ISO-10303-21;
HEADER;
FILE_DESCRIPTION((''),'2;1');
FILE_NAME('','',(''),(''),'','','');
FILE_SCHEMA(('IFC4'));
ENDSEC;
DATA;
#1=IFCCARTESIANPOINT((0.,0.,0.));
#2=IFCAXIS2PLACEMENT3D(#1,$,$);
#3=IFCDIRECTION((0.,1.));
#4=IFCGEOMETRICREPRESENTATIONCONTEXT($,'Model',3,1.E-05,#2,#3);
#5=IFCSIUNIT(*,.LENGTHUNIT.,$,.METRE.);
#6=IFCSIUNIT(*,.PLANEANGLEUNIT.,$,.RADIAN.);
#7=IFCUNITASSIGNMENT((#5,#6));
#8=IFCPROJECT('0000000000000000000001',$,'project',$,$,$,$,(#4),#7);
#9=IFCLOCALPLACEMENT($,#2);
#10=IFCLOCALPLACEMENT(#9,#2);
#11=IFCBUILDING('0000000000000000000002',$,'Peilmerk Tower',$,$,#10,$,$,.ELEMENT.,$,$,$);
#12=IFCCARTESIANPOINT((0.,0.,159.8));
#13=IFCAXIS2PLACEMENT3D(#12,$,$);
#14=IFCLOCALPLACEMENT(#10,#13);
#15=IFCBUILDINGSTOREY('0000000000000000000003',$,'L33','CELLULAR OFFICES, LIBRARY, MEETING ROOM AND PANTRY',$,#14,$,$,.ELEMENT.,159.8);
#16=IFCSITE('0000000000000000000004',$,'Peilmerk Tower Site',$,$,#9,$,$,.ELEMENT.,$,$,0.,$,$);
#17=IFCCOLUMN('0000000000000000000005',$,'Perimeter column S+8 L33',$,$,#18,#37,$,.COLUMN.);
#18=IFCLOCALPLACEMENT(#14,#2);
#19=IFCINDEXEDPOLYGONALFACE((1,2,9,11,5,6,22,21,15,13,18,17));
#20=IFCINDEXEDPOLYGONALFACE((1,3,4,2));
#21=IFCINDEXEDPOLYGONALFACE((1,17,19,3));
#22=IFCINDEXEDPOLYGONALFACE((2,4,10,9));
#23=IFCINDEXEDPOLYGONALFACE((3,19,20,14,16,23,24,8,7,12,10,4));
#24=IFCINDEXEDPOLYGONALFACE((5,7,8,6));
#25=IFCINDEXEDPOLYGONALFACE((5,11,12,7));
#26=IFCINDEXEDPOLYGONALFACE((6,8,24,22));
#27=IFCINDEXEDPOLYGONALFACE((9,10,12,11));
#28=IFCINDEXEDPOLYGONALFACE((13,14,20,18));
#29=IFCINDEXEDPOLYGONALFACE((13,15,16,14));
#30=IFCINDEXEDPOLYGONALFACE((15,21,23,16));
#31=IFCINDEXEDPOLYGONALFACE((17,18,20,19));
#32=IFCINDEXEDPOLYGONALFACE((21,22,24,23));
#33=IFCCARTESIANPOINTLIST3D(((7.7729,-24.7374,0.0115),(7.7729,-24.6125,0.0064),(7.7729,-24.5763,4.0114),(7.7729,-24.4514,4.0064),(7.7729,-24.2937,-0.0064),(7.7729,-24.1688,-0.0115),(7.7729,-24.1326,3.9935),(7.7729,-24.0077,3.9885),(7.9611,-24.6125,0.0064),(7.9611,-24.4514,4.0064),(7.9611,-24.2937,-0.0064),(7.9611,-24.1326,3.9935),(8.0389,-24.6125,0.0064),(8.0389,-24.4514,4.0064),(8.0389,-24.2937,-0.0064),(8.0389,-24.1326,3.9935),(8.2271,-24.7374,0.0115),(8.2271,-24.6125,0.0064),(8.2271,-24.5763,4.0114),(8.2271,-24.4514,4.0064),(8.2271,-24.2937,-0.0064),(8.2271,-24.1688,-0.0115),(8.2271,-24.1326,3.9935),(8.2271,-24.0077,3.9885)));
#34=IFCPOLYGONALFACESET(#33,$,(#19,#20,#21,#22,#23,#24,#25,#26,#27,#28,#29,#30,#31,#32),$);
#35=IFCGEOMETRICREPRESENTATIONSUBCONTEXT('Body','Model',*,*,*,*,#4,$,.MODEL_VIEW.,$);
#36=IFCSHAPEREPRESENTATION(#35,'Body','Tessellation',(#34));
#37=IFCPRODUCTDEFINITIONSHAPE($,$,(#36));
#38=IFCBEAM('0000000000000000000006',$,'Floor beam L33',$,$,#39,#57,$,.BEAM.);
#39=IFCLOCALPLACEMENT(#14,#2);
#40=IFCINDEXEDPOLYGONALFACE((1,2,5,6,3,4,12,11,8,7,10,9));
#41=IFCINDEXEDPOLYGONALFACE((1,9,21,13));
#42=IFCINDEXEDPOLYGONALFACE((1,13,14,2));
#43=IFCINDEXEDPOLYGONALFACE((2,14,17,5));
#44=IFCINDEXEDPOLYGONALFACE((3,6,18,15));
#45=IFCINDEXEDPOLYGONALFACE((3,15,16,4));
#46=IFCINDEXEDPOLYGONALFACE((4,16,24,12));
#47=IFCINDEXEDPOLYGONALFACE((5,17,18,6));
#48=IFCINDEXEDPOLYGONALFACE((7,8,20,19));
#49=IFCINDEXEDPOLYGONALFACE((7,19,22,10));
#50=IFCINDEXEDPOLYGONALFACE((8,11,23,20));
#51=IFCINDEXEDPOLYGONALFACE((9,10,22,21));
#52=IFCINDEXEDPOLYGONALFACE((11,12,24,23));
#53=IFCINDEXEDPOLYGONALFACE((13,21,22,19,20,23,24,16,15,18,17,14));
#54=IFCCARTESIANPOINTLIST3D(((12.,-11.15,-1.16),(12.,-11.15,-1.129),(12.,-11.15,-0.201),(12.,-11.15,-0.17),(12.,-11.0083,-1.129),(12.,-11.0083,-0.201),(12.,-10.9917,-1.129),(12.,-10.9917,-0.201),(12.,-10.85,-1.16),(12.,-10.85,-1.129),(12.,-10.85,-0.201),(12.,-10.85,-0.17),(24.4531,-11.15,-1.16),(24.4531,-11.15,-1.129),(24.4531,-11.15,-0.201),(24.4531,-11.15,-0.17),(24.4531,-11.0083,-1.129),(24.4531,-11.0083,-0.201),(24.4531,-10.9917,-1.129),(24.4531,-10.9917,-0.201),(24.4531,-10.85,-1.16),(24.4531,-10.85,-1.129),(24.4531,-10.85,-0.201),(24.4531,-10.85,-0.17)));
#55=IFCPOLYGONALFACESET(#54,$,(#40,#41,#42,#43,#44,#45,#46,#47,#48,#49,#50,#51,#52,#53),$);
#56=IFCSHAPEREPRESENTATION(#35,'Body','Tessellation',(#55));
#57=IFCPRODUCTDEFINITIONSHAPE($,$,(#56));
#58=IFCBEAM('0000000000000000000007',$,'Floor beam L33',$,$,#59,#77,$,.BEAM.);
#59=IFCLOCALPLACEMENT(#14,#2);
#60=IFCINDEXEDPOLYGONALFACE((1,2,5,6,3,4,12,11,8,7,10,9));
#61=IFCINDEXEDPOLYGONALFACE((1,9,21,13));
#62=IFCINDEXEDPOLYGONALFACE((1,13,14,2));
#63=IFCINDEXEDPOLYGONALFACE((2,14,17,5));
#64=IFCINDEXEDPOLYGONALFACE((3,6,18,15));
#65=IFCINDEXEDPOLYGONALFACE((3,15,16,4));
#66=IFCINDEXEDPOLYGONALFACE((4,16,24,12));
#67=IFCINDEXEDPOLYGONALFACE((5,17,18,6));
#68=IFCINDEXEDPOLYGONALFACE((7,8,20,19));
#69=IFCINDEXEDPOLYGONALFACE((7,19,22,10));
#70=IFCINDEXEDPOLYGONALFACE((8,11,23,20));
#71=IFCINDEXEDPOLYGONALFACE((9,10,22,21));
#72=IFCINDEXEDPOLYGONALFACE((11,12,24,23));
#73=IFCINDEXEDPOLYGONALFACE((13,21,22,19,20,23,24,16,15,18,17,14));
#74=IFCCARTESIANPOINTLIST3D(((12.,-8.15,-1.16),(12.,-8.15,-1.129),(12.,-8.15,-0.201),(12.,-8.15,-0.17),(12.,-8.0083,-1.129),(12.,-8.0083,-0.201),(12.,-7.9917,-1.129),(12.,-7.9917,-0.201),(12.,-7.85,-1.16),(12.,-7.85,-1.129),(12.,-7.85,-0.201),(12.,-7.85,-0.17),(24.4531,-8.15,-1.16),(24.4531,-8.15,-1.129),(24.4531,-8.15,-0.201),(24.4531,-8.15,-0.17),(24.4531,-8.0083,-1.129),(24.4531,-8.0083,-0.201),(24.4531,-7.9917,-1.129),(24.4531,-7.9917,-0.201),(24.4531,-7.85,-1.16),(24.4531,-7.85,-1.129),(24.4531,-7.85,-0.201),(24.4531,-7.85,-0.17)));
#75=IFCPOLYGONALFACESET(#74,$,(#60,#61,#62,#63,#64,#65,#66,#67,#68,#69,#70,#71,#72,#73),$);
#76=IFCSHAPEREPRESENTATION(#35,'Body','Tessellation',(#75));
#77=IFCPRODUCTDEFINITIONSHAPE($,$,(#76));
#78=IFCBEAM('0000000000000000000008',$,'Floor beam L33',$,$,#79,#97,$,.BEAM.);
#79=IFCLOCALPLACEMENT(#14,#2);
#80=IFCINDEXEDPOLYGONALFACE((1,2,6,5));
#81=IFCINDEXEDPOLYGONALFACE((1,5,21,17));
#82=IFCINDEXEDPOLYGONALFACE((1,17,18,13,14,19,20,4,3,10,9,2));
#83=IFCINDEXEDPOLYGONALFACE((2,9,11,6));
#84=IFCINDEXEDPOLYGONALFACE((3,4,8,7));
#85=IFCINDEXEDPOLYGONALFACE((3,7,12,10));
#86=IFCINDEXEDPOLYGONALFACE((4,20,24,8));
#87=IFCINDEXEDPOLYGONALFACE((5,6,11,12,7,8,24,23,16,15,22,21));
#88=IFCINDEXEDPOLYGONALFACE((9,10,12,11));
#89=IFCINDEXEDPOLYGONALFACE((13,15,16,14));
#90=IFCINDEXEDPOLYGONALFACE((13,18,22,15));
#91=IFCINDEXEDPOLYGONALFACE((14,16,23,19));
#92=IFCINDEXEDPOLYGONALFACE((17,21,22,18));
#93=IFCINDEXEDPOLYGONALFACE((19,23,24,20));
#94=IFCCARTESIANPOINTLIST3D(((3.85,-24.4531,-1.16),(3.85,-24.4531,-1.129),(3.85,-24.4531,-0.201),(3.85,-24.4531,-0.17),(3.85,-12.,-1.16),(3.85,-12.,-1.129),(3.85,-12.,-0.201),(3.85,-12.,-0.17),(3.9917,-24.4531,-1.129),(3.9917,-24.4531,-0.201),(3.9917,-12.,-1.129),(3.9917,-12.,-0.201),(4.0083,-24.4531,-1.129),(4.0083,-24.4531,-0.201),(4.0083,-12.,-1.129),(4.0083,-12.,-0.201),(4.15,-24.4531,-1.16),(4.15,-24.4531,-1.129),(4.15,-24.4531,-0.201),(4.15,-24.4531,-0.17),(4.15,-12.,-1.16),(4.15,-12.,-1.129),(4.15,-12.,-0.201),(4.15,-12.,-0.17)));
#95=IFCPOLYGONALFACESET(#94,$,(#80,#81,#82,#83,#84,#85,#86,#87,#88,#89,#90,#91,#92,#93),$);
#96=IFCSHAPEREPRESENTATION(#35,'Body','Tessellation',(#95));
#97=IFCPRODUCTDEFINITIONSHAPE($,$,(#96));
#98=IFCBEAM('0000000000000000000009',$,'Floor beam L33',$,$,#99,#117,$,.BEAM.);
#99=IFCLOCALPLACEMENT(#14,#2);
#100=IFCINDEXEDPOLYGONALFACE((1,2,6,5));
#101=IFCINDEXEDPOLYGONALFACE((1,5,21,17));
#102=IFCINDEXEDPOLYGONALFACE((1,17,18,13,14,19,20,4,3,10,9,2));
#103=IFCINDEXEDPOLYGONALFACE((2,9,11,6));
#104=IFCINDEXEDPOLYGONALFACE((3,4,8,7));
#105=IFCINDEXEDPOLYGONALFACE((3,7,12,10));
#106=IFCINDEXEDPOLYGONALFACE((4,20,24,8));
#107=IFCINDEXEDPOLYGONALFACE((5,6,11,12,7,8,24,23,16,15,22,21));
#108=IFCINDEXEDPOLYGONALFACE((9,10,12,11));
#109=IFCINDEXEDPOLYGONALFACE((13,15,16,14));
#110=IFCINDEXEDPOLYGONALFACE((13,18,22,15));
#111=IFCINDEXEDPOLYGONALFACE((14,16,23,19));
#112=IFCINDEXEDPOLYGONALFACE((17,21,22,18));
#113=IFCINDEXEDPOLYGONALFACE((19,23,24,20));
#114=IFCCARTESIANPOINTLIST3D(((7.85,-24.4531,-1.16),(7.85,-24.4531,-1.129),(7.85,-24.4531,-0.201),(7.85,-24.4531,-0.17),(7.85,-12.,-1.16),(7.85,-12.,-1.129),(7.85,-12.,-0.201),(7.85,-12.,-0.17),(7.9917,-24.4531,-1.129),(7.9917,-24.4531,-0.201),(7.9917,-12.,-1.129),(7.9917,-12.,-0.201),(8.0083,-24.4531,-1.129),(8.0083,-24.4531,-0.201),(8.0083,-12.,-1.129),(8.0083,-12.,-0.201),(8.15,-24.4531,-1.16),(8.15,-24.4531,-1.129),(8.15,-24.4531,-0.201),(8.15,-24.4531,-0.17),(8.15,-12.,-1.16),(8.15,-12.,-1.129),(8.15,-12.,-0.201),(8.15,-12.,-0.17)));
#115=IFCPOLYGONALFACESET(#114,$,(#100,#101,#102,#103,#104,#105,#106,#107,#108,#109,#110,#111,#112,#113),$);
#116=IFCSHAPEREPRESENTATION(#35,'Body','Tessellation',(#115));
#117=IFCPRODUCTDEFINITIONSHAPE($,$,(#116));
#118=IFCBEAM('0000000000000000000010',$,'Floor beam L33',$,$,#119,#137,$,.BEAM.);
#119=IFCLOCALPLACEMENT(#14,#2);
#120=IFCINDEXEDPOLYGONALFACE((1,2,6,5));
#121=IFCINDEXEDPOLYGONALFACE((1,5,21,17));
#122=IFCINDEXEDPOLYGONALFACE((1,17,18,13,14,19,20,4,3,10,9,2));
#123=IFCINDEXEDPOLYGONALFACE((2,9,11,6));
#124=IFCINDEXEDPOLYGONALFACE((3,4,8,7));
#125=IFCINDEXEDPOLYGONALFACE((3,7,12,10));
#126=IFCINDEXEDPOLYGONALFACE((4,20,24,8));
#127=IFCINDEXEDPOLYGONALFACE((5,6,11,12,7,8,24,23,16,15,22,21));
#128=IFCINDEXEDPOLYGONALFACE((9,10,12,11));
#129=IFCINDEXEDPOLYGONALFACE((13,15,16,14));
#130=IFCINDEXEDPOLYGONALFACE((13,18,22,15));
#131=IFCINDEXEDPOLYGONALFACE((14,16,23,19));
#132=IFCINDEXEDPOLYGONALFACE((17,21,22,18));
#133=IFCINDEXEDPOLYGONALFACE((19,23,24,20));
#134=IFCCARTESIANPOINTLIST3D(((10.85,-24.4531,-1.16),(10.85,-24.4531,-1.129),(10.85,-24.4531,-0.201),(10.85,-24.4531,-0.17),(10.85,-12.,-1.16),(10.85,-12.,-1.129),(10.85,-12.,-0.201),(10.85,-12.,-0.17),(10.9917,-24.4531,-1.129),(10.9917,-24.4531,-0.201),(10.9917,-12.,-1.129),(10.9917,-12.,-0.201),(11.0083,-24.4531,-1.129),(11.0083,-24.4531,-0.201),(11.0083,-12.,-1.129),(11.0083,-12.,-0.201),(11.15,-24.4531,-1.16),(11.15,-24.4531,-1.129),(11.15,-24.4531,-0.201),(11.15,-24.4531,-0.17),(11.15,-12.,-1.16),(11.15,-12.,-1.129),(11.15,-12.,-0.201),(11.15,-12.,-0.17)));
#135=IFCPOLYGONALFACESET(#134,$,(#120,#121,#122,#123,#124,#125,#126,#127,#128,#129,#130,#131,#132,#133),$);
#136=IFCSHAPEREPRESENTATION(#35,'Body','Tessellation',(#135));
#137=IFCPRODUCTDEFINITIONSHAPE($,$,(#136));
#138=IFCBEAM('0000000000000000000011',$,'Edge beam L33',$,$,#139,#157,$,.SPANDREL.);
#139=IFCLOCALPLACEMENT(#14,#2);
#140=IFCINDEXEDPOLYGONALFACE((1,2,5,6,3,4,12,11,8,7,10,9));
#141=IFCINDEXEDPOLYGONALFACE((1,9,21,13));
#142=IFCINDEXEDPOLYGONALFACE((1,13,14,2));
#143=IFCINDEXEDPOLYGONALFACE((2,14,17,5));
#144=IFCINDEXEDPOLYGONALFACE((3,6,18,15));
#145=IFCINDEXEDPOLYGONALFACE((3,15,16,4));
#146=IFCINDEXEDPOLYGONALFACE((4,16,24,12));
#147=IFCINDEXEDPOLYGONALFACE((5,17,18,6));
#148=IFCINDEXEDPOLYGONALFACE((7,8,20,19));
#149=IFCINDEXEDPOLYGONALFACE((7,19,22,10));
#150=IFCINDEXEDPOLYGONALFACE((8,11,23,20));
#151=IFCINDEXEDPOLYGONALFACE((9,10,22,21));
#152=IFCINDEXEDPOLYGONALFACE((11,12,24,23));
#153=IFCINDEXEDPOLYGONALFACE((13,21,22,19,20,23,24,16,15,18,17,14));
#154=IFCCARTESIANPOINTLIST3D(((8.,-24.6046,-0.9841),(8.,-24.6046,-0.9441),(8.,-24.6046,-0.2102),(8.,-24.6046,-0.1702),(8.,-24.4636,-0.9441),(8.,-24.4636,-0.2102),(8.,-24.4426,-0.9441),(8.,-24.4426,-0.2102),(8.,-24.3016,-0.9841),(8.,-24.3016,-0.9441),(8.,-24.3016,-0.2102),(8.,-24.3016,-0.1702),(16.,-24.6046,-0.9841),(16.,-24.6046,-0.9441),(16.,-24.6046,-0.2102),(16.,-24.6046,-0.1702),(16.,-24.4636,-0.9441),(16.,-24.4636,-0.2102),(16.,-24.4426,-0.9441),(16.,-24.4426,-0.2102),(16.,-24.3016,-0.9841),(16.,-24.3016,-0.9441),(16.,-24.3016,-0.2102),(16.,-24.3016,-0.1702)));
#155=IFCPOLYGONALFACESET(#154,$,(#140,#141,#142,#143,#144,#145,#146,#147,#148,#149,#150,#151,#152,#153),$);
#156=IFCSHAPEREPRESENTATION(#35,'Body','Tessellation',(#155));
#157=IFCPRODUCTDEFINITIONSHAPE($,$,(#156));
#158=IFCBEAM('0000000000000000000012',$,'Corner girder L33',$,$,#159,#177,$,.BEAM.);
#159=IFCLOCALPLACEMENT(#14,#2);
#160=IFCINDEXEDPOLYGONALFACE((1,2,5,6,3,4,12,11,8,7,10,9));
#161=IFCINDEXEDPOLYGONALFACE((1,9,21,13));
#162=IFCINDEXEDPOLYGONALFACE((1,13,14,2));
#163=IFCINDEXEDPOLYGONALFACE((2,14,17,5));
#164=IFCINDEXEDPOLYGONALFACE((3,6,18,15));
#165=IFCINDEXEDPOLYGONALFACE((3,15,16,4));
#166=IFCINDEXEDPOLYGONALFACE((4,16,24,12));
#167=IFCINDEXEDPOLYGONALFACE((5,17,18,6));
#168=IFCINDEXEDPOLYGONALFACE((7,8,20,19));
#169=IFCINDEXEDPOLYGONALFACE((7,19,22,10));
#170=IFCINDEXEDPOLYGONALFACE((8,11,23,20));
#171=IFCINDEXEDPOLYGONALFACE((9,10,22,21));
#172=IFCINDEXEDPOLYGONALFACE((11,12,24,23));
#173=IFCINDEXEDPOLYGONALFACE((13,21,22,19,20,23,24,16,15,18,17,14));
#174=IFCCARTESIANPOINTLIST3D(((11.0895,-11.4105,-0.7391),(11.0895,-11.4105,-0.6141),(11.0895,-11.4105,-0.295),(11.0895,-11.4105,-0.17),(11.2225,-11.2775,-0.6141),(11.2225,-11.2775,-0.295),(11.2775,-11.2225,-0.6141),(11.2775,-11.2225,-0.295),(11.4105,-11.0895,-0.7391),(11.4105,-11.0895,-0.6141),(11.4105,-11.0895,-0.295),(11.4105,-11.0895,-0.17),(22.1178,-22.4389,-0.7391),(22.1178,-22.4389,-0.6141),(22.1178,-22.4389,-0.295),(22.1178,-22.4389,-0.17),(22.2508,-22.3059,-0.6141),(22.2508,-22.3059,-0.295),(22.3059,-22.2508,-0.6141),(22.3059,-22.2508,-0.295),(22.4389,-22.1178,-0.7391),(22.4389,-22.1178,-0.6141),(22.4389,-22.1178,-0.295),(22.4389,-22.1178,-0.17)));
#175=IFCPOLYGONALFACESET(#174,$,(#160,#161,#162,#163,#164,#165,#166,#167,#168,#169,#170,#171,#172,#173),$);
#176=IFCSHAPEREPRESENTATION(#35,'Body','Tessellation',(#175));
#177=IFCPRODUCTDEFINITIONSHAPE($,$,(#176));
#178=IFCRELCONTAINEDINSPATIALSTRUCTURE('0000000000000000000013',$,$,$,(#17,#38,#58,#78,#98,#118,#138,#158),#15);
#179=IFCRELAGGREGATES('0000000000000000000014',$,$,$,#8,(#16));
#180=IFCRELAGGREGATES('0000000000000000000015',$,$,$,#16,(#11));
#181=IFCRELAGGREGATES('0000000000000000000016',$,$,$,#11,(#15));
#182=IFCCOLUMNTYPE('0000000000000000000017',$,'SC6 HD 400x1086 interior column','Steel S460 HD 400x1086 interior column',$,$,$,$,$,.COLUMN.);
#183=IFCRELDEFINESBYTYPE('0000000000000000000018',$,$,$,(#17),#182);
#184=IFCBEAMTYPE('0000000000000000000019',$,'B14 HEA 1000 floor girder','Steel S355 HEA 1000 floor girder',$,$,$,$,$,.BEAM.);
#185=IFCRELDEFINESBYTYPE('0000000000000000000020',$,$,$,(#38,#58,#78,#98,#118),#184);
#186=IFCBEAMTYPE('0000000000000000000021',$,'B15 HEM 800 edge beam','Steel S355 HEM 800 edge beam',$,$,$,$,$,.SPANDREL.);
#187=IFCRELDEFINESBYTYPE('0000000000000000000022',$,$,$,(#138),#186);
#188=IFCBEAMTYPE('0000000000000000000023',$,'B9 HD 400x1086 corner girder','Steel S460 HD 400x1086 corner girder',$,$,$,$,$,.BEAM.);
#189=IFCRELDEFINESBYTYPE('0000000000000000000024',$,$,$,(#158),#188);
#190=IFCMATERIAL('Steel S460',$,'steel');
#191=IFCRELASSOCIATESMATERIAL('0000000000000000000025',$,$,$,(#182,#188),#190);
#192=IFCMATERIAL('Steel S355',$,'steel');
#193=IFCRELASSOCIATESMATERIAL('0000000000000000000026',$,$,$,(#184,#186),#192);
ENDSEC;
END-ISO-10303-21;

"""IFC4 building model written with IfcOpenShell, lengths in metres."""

from ifc_helpers import new_model, si_unit, direction, frame, origin, origin_2d, place, context, subcontext, project, spatial, i_section, extrude, material, material_profile, profile_set, type_object, element, save


model = new_model("IFC4")

# Units and contexts
model_context = context("Model", 3, precision=1e-05, world=origin(), true_north=direction((0.0, 1.0)))
body_context = subcontext(model_context, "Body", "Model", "MODEL_VIEW")
ifc_project = project(units=[si_unit("LENGTHUNIT", "METRE"), si_unit("PLANEANGLEUNIT", "RADIAN")], contexts=[model_context])

# Site, building, storey
site_placement = place(None, origin())
site = spatial("IfcSite", under=ifc_project, at=site_placement, Name="Peilmerk Tower Site", CompositionType="ELEMENT", RefElevation=0.0)
building_placement = place(site_placement, origin())
building = spatial("IfcBuilding", under=site, at=building_placement, Name="Peilmerk Tower", CompositionType="ELEMENT")
storey_placement = place(building_placement, frame((0.0, 0.0, 159.8)))
storey = spatial("IfcBuildingStorey", under=building, at=storey_placement, Name="L33", Description="CELLULAR OFFICES, LIBRARY, MEETING ROOM AND PANTRY", CompositionType="ELEMENT", Elevation=159.8)

# Column
ifc_material_1 = material(Name="Steel S460", Category="steel")
ifc_material_profile_1 = material_profile(ifc_material_1, i_section(OverallWidth=0.4541, OverallDepth=0.5691, WebThickness=0.0779, FlangeThickness=0.125, at=origin_2d()), Name="HD 400x1086")
ifc_profile_set_1 = profile_set([ifc_material_profile_1], Name="Steel S460")
column_type = type_object("IfcColumnType", Name="SC6 HD 400x1086 interior column", Description="Steel S460 HD 400x1086 interior column", PredefinedType="COLUMN", material=ifc_profile_set_1)
column_placement = place(storey_placement, frame((8.0, -24.4531, 0.0), z_axis=(0.0, 0.040251, 0.99919), x_axis=(-1.0, 0.0, 0.0)))
element("IfcColumn", 1, at=column_placement, inside=storey, type_object=column_type, Name="Perimeter column S+8 L33", PredefinedType="COLUMN", context=body_context, shape_type="SweptSolid", body=[
    extrude(i_section(OverallWidth=0.4541, OverallDepth=0.5691, WebThickness=0.0779, FlangeThickness=0.125, at=origin_2d()), origin(), (0.0, 0.0, 1.0), 4.0032),
])

# Beams
ifc_material_2 = material(Name="Steel S355", Category="steel")
ifc_material_profile_2 = material_profile(ifc_material_2, i_section(OverallWidth=0.3, OverallDepth=0.99, WebThickness=0.0166, FlangeThickness=0.031, at=origin_2d()), Name="HEA 1000")
ifc_profile_set_2 = profile_set([ifc_material_profile_2], Name="Steel S355")
beam_type_1 = type_object("IfcBeamType", Name="B14 HEA 1000 floor girder", Description="Steel S355 HEA 1000 floor girder", PredefinedType="BEAM", material=ifc_profile_set_2)
for number, where, z_axis, x_axis, name in (
    (2, (12.0, -11.0, -0.665), (1.0, 0.0, 0.0), (0.0, 1.0, 0.0), "Floor beam L33"),
    (3, (12.0, -8.0, -0.665), (1.0, 0.0, 0.0), (0.0, 1.0, 0.0), "Floor beam L33"),
    (4, (4.0, -12.0, -0.665), (0.0, -1.0, 0.0), (1.0, 0.0, 0.0), "Floor beam L33"),
    (5, (8.0, -12.0, -0.665), (0.0, -1.0, 0.0), (1.0, 0.0, 0.0), "Floor beam L33"),
    (6, (11.0, -12.0, -0.665), (0.0, -1.0, 0.0), (1.0, 0.0, 0.0), "Floor beam L33"),
):
    element("IfcBeam", number, at=place(storey_placement, frame(where, z_axis=z_axis, x_axis=x_axis)), inside=storey, type_object=beam_type_1, Name=name, PredefinedType="BEAM", context=body_context, shape_type="SweptSolid", body=[
        extrude(i_section(OverallWidth=0.3, OverallDepth=0.99, WebThickness=0.0166, FlangeThickness=0.031, at=origin_2d()), origin(), (0.0, 0.0, 1.0), 12.4531),
    ])
ifc_material_profile_3 = material_profile(ifc_material_2, i_section(OverallWidth=0.303, OverallDepth=0.814, WebThickness=0.021, FlangeThickness=0.04, at=origin_2d()), Name="HEM 800")
ifc_profile_set_3 = profile_set([ifc_material_profile_3], Name="Steel S355")
beam_type_2 = type_object("IfcBeamType", Name="B15 HEM 800 edge beam", Description="Steel S355 HEM 800 edge beam", PredefinedType="SPANDREL", material=ifc_profile_set_3)
beam_1_placement = place(storey_placement, frame((8.0, -24.4531, -0.5771), z_axis=(1.0, 0.0, 0.0), x_axis=(0.0, 1.0, 0.0)))
element("IfcBeam", 7, at=beam_1_placement, inside=storey, type_object=beam_type_2, Name="Edge beam L33", PredefinedType="SPANDREL", context=body_context, shape_type="SweptSolid", body=[
    extrude(i_section(OverallWidth=0.303, OverallDepth=0.814, WebThickness=0.021, FlangeThickness=0.04, at=origin_2d()), origin(), (0.0, 0.0, 1.0), 8.0),
])
ifc_material_profile_4 = material_profile(ifc_material_1, i_section(OverallWidth=0.4541, OverallDepth=0.5691, WebThickness=0.0779, FlangeThickness=0.125, at=origin_2d()), Name="HD 400x1086")
ifc_profile_set_4 = profile_set([ifc_material_profile_4], Name="Steel S460")
beam_type_3 = type_object("IfcBeamType", Name="B9 HD 400x1086 corner girder", Description="Steel S460 HD 400x1086 corner girder", PredefinedType="BEAM", material=ifc_profile_set_4)
beam_2_placement = place(storey_placement, frame((11.25, -11.25, -0.4546), z_axis=(0.707107, -0.707107, 0.0), x_axis=(0.707107, 0.707107, 0.0)))
element("IfcBeam", 8, at=beam_2_placement, inside=storey, type_object=beam_type_3, Name="Corner girder L33", PredefinedType="BEAM", context=body_context, shape_type="SweptSolid", body=[
    extrude(i_section(OverallWidth=0.4541, OverallDepth=0.5691, WebThickness=0.0779, FlangeThickness=0.125, at=origin_2d()), origin(), (0.0, 0.0, 1.0), 15.5964),
])

save(model, "model.ifc")
